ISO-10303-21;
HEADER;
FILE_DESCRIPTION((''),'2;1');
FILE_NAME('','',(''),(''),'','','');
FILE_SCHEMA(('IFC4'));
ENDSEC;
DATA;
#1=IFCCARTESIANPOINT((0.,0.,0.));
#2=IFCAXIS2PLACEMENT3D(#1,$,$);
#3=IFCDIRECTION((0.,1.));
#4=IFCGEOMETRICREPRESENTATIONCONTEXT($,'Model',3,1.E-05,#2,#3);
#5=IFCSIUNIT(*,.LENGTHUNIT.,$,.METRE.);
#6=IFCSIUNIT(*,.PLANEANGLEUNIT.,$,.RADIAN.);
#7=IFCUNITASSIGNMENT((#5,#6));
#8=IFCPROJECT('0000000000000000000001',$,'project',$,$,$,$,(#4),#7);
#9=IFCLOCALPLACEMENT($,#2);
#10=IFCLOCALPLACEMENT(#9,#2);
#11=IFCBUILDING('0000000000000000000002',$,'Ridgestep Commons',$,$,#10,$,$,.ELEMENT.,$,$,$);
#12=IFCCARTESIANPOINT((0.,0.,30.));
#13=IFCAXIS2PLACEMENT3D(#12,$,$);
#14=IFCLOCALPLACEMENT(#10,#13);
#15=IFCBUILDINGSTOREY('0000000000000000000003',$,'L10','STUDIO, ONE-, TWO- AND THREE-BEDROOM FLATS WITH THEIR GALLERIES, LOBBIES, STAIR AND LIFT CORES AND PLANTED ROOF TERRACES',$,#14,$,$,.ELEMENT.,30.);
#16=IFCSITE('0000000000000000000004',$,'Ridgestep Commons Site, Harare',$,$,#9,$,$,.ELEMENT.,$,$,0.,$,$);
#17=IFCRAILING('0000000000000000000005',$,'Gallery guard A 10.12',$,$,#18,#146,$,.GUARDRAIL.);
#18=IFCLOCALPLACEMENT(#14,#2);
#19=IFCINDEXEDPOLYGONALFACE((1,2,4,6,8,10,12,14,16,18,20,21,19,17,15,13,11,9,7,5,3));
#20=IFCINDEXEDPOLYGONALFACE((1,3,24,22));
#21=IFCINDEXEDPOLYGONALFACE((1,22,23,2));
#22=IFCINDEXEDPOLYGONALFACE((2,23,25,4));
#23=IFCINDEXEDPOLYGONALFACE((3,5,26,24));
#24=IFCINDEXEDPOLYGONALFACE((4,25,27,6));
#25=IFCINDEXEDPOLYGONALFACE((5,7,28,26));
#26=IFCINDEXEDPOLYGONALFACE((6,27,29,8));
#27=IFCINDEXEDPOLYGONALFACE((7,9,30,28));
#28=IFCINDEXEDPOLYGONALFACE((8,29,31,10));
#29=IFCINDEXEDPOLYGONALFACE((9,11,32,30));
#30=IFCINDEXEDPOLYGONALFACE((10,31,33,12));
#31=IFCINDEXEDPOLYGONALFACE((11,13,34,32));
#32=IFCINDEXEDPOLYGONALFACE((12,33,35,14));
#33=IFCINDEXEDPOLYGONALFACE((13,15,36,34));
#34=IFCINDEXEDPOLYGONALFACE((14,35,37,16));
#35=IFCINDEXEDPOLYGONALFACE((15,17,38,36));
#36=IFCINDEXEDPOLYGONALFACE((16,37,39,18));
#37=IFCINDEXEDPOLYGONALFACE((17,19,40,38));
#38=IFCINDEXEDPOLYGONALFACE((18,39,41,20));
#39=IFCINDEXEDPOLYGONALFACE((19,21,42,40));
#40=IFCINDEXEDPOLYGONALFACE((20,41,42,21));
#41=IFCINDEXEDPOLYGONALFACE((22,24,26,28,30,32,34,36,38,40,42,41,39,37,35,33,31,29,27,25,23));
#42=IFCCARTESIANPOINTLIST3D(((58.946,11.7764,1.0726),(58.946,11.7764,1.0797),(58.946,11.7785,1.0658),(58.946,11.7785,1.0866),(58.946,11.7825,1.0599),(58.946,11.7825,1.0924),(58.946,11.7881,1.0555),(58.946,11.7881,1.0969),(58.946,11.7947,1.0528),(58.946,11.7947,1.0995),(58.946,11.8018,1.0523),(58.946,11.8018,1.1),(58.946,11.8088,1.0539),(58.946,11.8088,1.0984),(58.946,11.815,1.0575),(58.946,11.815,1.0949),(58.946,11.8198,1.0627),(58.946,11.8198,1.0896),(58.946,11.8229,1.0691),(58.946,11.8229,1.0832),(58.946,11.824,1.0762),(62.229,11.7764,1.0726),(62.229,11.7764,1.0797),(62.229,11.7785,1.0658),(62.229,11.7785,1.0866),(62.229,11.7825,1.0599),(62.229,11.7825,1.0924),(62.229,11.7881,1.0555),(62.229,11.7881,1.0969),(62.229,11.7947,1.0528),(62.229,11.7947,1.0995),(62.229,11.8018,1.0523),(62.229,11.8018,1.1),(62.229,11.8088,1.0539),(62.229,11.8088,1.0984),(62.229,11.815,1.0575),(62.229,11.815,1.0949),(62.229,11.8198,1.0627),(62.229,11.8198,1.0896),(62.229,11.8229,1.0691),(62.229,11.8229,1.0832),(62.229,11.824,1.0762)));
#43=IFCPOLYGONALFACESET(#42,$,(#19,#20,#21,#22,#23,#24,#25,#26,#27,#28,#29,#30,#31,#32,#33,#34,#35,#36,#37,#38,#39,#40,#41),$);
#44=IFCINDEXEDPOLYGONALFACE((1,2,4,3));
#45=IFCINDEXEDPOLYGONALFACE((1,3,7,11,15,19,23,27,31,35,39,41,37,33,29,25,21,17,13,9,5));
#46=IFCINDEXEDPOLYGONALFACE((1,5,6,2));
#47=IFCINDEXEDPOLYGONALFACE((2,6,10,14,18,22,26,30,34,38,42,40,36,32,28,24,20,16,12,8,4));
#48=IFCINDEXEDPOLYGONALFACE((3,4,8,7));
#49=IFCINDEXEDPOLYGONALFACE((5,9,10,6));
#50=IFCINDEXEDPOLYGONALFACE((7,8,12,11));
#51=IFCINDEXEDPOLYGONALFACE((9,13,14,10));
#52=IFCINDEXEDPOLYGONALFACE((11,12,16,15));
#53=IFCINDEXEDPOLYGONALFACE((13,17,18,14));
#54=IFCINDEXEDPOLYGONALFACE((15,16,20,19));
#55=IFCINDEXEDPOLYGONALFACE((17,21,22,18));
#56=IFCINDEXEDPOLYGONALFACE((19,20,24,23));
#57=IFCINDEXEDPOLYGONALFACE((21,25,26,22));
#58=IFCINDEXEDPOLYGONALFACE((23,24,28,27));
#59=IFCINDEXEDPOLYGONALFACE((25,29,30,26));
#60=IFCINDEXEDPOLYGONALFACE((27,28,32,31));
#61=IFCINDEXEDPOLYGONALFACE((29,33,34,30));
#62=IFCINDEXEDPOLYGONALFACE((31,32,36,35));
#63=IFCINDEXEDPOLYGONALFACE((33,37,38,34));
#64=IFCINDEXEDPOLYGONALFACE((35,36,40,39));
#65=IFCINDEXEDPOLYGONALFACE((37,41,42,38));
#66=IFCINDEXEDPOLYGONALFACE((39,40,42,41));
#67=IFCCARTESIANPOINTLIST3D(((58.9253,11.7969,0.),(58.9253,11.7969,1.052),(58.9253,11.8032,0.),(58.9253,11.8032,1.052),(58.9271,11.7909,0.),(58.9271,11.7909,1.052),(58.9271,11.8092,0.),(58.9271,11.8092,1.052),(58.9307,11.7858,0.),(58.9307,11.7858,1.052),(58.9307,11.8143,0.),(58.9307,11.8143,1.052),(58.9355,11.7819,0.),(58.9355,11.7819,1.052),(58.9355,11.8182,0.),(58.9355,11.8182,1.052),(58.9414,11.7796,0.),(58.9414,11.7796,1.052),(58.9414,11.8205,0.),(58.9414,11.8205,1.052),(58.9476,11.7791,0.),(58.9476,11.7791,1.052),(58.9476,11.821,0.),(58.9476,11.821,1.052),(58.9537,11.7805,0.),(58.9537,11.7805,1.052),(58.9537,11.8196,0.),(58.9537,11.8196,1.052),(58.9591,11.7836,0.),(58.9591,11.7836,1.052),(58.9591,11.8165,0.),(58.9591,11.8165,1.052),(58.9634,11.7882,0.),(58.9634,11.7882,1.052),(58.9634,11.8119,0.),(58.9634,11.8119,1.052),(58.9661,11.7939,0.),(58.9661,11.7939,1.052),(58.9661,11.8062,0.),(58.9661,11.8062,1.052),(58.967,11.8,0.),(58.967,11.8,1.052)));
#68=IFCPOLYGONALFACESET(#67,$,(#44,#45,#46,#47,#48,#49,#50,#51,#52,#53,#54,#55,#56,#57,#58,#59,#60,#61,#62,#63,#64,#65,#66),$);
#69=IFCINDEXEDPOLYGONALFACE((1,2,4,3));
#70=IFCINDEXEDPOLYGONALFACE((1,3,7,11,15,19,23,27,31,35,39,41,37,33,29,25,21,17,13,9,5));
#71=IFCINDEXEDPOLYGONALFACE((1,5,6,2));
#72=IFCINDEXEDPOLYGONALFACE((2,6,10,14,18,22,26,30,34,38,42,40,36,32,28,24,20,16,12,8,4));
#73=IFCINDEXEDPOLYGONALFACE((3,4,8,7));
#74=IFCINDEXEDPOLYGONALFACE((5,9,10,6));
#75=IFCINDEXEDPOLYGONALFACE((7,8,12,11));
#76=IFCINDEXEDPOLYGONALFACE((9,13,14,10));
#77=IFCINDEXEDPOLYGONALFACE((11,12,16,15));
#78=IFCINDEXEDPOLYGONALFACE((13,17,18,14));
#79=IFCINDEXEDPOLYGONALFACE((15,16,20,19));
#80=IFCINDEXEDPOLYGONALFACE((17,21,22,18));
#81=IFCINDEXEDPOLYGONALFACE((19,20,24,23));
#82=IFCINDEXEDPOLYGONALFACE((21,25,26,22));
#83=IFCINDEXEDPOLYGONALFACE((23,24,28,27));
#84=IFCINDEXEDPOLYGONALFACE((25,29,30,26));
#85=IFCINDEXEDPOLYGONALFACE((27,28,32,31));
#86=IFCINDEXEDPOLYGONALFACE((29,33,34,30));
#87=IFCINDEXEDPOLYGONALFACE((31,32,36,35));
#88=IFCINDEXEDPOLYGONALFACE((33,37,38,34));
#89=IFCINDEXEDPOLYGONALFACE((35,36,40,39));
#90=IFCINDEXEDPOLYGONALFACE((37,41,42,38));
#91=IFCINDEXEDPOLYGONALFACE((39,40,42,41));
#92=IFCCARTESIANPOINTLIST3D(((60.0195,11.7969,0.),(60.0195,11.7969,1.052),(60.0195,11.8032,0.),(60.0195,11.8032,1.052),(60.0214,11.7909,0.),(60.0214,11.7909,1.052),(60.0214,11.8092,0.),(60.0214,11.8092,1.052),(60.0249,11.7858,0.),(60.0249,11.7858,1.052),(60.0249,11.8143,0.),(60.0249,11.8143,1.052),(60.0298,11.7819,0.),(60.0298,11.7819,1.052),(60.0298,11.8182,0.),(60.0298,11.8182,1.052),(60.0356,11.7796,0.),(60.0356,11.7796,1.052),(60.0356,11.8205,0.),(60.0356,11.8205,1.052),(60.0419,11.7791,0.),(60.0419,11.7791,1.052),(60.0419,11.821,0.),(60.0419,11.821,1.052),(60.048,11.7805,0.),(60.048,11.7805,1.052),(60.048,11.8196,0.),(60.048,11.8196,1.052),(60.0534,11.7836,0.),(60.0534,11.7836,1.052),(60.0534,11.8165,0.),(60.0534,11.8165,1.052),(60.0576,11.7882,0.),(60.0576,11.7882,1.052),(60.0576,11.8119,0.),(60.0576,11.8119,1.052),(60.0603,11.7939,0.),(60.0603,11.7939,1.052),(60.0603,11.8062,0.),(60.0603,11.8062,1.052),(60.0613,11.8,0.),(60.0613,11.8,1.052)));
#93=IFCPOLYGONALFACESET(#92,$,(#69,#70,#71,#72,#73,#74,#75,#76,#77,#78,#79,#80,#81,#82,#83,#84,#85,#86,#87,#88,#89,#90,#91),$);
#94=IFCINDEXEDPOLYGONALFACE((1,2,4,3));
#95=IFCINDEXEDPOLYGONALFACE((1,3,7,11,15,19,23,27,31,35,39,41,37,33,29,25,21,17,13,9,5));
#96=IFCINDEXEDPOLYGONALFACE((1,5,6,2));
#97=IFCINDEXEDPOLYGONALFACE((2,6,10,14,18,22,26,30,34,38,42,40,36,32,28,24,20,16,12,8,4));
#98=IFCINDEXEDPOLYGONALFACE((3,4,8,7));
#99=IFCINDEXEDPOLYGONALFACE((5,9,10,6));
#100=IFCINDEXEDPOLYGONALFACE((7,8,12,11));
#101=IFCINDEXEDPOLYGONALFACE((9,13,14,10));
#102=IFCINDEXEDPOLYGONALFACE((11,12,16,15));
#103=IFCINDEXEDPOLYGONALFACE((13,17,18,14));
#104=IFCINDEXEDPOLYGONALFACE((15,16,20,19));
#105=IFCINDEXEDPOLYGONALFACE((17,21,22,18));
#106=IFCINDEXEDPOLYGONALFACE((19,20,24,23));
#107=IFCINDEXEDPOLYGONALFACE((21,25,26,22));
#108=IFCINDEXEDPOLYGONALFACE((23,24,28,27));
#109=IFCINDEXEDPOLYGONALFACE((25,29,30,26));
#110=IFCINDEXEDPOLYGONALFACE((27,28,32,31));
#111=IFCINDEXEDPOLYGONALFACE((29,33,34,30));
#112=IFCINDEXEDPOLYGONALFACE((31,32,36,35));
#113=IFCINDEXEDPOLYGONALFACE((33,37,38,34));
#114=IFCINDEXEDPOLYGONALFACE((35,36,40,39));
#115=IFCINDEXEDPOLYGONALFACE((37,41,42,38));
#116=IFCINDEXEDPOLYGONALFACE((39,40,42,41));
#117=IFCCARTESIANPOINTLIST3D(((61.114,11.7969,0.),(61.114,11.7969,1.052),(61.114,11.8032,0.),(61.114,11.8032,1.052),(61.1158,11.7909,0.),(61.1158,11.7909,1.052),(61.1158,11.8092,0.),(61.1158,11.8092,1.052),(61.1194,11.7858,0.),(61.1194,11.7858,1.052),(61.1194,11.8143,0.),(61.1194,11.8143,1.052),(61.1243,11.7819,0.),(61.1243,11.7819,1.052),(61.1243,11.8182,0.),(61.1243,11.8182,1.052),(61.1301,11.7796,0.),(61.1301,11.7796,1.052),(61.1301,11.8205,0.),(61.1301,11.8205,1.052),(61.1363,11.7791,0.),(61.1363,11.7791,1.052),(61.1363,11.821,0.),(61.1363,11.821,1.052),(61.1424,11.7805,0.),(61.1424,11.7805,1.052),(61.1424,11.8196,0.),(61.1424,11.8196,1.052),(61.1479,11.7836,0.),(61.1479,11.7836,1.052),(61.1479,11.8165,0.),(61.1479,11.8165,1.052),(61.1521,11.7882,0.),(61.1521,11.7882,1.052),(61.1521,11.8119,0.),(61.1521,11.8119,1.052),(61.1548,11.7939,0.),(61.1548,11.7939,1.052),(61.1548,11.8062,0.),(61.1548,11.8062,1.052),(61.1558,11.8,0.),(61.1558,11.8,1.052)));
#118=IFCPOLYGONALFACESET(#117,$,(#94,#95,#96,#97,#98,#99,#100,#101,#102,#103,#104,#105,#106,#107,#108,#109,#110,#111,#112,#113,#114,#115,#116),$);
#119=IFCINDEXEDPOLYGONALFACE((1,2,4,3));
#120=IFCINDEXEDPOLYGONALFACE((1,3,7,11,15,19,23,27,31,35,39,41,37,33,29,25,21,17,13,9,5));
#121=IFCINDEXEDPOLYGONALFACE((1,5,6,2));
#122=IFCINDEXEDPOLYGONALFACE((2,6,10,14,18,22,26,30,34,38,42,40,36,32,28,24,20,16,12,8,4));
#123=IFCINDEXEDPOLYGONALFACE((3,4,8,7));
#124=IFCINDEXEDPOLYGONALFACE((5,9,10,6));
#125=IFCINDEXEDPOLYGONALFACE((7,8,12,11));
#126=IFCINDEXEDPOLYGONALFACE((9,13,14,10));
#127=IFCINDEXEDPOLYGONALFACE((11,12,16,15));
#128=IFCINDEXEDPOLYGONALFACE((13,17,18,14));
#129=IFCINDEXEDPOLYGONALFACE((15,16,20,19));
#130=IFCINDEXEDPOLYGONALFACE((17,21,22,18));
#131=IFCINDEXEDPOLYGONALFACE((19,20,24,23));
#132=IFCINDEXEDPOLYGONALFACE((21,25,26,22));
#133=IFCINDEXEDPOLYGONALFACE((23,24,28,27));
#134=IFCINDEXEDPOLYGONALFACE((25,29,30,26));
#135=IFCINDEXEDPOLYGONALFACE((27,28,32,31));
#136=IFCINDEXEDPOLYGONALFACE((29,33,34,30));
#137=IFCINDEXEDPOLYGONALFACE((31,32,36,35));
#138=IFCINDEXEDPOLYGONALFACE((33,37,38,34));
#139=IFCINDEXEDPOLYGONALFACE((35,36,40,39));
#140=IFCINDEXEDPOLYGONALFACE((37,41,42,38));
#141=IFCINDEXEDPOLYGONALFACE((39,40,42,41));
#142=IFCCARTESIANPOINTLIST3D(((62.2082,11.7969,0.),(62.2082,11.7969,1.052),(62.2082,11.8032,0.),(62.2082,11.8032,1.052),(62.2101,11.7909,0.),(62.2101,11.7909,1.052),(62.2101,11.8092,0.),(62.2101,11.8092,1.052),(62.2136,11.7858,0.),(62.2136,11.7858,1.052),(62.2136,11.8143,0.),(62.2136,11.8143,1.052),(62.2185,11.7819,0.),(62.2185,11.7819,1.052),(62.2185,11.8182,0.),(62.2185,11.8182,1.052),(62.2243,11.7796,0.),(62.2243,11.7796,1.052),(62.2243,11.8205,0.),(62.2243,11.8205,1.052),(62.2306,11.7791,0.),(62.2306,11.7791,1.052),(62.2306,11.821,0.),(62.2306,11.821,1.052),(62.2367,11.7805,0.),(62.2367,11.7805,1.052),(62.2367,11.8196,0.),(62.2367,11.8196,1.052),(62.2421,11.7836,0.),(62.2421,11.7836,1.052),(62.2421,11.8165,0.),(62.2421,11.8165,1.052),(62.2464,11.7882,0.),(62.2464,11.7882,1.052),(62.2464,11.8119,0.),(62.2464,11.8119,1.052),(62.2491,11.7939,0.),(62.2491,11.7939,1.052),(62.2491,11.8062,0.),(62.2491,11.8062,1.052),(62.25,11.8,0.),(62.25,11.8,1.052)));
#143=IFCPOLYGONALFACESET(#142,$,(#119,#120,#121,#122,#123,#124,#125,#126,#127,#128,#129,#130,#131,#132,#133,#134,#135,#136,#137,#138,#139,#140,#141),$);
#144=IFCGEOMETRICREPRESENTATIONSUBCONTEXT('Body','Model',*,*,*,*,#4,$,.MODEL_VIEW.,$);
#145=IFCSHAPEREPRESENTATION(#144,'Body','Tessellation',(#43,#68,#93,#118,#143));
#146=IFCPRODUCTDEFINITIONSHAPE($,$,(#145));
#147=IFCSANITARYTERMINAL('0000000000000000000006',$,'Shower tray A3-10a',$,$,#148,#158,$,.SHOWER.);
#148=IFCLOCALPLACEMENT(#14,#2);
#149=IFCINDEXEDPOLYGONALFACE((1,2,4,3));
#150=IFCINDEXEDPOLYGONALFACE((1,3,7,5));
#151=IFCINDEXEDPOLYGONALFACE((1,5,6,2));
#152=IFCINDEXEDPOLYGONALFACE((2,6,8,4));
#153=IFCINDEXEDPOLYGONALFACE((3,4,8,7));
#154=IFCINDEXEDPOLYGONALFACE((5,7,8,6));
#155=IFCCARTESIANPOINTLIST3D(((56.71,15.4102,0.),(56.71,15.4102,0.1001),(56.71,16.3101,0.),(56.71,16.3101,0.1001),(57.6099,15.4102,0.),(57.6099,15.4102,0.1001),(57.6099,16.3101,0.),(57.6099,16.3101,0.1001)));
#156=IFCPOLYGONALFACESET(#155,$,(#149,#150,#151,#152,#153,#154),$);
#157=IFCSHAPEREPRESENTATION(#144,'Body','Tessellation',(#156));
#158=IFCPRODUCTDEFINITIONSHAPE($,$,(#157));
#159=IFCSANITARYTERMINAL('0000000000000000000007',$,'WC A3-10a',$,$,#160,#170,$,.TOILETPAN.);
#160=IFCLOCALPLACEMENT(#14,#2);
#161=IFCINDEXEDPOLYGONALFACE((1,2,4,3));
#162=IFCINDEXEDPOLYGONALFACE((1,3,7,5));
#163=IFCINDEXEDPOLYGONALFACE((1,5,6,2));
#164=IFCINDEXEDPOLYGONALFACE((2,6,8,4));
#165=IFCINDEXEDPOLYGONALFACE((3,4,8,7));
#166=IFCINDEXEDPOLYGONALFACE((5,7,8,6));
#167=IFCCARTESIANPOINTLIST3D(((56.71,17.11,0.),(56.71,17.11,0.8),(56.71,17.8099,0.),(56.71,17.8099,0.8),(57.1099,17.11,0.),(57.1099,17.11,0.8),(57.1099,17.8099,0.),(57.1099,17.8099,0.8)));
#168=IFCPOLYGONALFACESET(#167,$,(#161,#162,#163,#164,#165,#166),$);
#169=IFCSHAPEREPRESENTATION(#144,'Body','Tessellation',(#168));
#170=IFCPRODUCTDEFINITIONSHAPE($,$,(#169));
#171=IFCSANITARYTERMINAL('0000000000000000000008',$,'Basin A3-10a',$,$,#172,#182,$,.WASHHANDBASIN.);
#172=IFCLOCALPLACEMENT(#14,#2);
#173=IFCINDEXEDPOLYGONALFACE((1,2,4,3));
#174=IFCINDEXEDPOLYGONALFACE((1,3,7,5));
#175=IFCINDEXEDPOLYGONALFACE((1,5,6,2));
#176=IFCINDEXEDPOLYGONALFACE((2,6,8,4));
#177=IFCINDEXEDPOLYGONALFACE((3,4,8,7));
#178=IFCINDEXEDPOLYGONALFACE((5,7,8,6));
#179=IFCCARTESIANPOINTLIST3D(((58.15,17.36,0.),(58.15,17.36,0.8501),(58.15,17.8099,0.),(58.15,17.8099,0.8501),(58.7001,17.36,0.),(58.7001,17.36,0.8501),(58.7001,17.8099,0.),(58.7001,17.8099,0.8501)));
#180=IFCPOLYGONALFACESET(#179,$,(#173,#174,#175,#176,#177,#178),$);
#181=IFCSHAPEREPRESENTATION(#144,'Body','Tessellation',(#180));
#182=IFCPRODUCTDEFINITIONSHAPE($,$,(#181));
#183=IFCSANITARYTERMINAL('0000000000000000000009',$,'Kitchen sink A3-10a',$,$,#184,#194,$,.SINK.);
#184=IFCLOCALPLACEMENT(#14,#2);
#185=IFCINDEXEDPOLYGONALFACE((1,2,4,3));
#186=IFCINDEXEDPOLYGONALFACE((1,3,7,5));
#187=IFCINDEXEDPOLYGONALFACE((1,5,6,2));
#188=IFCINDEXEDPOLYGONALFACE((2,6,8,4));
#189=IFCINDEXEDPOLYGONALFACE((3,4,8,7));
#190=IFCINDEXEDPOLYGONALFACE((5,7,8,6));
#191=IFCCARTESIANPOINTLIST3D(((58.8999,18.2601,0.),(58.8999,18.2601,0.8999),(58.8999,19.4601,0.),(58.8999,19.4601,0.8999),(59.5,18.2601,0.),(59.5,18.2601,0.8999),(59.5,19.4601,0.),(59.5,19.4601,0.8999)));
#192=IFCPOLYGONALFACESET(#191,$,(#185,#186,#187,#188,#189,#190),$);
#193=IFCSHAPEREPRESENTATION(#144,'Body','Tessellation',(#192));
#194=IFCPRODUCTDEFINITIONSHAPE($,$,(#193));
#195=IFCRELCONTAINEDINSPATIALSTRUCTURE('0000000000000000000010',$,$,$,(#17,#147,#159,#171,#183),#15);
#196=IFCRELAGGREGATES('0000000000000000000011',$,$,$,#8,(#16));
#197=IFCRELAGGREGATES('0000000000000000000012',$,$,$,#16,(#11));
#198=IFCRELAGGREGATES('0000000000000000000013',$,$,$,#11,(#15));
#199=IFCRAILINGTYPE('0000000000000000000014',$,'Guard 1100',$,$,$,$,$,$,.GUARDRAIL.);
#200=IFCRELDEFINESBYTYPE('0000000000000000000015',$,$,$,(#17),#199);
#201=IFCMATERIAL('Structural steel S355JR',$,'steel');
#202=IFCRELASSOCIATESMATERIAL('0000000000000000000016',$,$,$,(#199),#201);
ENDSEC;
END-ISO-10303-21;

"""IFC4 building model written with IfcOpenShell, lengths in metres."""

from ifc_helpers import new_model, si_unit, direction, frame, origin, origin_2d, place, context, subcontext, project, spatial, rectangle, circle, extrude, material, type_object, element, save


model = new_model("IFC4")

# Units and contexts
model_context = context("Model", 3, precision=1e-05, world=origin(), true_north=direction((0.0, 1.0)))
body_context = subcontext(model_context, "Body", "Model", "MODEL_VIEW")
ifc_project = project(units=[si_unit("LENGTHUNIT", "METRE"), si_unit("PLANEANGLEUNIT", "RADIAN")], contexts=[model_context])

# Site, building, storey
site_placement = place(None, origin())
site = spatial("IfcSite", under=ifc_project, at=site_placement, Name="Ridgestep Commons Site, Harare", CompositionType="ELEMENT", RefElevation=0.0)
building_placement = place(site_placement, origin())
building = spatial("IfcBuilding", under=site, at=building_placement, Name="Ridgestep Commons", CompositionType="ELEMENT")
storey_placement = place(building_placement, frame((0.0, 0.0, 30.0)))
storey = spatial("IfcBuildingStorey", under=building, at=storey_placement, Name="L10", Description="STUDIO, ONE-, TWO- AND THREE-BEDROOM FLATS WITH THEIR GALLERIES, LOBBIES, STAIR AND LIFT CORES AND PLANTED ROOF TERRACES", CompositionType="ELEMENT", Elevation=30.0)

# Railing
ifc_material_1 = material(Name="Structural steel S355JR", Category="steel")
railing_type = type_object("IfcRailingType", Name="Guard 1100", PredefinedType="GUARDRAIL", material=ifc_material_1)
railing_1_placement = place(storey_placement, frame((58.946, 11.8, 0.0)))
element("IfcRailing", 1, at=railing_1_placement, inside=storey, type_object=railing_type, Name="Gallery guard A 10.12", PredefinedType="GUARDRAIL", context=body_context, shape_type="SweptSolid", body=[
    extrude(circle(Radius=0.0239, at=origin_2d()), frame((0.0, 0.0, 1.0762), z_axis=(1.0, 0.0, 0.0), x_axis=(0.0, 1.0, 0.0)), (0.0, 0.0, 1.0), 3.283),
    extrude(circle(Radius=0.021, at=origin_2d()), origin(), (0.0, 0.0, 1.0), 1.052),
    extrude(circle(Radius=0.021, at=origin_2d()), frame((1.0942, 0.0, 0.0)), (0.0, 0.0, 1.0), 1.052),
    extrude(circle(Radius=0.021, at=origin_2d()), frame((2.1887, 0.0, 0.0)), (0.0, 0.0, 1.0), 1.052),
    extrude(circle(Radius=0.021, at=origin_2d()), frame((3.283, 0.0, 0.0)), (0.0, 0.0, 1.0), 1.052),
])

# Sanitary terminals
sanitary_terminal_1_placement = place(storey_placement, frame((57.1599, 15.8601, 0.0), z_axis=(0.0, 0.0, 1.0), x_axis=(1.0, 0.0, 0.0)))
element("IfcSanitaryTerminal", 2, at=sanitary_terminal_1_placement, inside=storey, Name="Shower tray A3-10a", PredefinedType="SHOWER", context=body_context, shape_type="SweptSolid", body=[
    extrude(rectangle(XDim=0.8999, YDim=0.8999, at=origin_2d()), origin(), (0.0, 0.0, 1.0), 0.1001),
])
sanitary_terminal_2_placement = place(storey_placement, frame((56.9099, 17.46, 0.0), z_axis=(0.0, 0.0, 1.0), x_axis=(1.0, 0.0, 0.0)))
element("IfcSanitaryTerminal", 3, at=sanitary_terminal_2_placement, inside=storey, Name="WC A3-10a", PredefinedType="TOILETPAN", context=body_context, shape_type="SweptSolid", body=[
    extrude(rectangle(XDim=0.3999, YDim=0.7, at=origin_2d()), origin(), (0.0, 0.0, 1.0), 0.8),
])
sanitary_terminal_3_placement = place(storey_placement, frame((58.425, 17.585, 0.0), z_axis=(0.0, 0.0, 1.0), x_axis=(1.0, 0.0, 0.0)))
element("IfcSanitaryTerminal", 4, at=sanitary_terminal_3_placement, inside=storey, Name="Basin A3-10a", PredefinedType="WASHHANDBASIN", context=body_context, shape_type="SweptSolid", body=[
    extrude(rectangle(XDim=0.55, YDim=0.45, at=origin_2d()), origin(), (0.0, 0.0, 1.0), 0.8501),
])
sanitary_terminal_4_placement = place(storey_placement, frame((59.2, 18.8601, 0.0), z_axis=(0.0, 0.0, 1.0), x_axis=(1.0, 0.0, 0.0)))
element("IfcSanitaryTerminal", 5, at=sanitary_terminal_4_placement, inside=storey, Name="Kitchen sink A3-10a", PredefinedType="SINK", context=body_context, shape_type="SweptSolid", body=[
    extrude(rectangle(XDim=0.6001, YDim=1.2, at=origin_2d()), origin(), (0.0, 0.0, 1.0), 0.8999),
])

save(model, "model.ifc")
